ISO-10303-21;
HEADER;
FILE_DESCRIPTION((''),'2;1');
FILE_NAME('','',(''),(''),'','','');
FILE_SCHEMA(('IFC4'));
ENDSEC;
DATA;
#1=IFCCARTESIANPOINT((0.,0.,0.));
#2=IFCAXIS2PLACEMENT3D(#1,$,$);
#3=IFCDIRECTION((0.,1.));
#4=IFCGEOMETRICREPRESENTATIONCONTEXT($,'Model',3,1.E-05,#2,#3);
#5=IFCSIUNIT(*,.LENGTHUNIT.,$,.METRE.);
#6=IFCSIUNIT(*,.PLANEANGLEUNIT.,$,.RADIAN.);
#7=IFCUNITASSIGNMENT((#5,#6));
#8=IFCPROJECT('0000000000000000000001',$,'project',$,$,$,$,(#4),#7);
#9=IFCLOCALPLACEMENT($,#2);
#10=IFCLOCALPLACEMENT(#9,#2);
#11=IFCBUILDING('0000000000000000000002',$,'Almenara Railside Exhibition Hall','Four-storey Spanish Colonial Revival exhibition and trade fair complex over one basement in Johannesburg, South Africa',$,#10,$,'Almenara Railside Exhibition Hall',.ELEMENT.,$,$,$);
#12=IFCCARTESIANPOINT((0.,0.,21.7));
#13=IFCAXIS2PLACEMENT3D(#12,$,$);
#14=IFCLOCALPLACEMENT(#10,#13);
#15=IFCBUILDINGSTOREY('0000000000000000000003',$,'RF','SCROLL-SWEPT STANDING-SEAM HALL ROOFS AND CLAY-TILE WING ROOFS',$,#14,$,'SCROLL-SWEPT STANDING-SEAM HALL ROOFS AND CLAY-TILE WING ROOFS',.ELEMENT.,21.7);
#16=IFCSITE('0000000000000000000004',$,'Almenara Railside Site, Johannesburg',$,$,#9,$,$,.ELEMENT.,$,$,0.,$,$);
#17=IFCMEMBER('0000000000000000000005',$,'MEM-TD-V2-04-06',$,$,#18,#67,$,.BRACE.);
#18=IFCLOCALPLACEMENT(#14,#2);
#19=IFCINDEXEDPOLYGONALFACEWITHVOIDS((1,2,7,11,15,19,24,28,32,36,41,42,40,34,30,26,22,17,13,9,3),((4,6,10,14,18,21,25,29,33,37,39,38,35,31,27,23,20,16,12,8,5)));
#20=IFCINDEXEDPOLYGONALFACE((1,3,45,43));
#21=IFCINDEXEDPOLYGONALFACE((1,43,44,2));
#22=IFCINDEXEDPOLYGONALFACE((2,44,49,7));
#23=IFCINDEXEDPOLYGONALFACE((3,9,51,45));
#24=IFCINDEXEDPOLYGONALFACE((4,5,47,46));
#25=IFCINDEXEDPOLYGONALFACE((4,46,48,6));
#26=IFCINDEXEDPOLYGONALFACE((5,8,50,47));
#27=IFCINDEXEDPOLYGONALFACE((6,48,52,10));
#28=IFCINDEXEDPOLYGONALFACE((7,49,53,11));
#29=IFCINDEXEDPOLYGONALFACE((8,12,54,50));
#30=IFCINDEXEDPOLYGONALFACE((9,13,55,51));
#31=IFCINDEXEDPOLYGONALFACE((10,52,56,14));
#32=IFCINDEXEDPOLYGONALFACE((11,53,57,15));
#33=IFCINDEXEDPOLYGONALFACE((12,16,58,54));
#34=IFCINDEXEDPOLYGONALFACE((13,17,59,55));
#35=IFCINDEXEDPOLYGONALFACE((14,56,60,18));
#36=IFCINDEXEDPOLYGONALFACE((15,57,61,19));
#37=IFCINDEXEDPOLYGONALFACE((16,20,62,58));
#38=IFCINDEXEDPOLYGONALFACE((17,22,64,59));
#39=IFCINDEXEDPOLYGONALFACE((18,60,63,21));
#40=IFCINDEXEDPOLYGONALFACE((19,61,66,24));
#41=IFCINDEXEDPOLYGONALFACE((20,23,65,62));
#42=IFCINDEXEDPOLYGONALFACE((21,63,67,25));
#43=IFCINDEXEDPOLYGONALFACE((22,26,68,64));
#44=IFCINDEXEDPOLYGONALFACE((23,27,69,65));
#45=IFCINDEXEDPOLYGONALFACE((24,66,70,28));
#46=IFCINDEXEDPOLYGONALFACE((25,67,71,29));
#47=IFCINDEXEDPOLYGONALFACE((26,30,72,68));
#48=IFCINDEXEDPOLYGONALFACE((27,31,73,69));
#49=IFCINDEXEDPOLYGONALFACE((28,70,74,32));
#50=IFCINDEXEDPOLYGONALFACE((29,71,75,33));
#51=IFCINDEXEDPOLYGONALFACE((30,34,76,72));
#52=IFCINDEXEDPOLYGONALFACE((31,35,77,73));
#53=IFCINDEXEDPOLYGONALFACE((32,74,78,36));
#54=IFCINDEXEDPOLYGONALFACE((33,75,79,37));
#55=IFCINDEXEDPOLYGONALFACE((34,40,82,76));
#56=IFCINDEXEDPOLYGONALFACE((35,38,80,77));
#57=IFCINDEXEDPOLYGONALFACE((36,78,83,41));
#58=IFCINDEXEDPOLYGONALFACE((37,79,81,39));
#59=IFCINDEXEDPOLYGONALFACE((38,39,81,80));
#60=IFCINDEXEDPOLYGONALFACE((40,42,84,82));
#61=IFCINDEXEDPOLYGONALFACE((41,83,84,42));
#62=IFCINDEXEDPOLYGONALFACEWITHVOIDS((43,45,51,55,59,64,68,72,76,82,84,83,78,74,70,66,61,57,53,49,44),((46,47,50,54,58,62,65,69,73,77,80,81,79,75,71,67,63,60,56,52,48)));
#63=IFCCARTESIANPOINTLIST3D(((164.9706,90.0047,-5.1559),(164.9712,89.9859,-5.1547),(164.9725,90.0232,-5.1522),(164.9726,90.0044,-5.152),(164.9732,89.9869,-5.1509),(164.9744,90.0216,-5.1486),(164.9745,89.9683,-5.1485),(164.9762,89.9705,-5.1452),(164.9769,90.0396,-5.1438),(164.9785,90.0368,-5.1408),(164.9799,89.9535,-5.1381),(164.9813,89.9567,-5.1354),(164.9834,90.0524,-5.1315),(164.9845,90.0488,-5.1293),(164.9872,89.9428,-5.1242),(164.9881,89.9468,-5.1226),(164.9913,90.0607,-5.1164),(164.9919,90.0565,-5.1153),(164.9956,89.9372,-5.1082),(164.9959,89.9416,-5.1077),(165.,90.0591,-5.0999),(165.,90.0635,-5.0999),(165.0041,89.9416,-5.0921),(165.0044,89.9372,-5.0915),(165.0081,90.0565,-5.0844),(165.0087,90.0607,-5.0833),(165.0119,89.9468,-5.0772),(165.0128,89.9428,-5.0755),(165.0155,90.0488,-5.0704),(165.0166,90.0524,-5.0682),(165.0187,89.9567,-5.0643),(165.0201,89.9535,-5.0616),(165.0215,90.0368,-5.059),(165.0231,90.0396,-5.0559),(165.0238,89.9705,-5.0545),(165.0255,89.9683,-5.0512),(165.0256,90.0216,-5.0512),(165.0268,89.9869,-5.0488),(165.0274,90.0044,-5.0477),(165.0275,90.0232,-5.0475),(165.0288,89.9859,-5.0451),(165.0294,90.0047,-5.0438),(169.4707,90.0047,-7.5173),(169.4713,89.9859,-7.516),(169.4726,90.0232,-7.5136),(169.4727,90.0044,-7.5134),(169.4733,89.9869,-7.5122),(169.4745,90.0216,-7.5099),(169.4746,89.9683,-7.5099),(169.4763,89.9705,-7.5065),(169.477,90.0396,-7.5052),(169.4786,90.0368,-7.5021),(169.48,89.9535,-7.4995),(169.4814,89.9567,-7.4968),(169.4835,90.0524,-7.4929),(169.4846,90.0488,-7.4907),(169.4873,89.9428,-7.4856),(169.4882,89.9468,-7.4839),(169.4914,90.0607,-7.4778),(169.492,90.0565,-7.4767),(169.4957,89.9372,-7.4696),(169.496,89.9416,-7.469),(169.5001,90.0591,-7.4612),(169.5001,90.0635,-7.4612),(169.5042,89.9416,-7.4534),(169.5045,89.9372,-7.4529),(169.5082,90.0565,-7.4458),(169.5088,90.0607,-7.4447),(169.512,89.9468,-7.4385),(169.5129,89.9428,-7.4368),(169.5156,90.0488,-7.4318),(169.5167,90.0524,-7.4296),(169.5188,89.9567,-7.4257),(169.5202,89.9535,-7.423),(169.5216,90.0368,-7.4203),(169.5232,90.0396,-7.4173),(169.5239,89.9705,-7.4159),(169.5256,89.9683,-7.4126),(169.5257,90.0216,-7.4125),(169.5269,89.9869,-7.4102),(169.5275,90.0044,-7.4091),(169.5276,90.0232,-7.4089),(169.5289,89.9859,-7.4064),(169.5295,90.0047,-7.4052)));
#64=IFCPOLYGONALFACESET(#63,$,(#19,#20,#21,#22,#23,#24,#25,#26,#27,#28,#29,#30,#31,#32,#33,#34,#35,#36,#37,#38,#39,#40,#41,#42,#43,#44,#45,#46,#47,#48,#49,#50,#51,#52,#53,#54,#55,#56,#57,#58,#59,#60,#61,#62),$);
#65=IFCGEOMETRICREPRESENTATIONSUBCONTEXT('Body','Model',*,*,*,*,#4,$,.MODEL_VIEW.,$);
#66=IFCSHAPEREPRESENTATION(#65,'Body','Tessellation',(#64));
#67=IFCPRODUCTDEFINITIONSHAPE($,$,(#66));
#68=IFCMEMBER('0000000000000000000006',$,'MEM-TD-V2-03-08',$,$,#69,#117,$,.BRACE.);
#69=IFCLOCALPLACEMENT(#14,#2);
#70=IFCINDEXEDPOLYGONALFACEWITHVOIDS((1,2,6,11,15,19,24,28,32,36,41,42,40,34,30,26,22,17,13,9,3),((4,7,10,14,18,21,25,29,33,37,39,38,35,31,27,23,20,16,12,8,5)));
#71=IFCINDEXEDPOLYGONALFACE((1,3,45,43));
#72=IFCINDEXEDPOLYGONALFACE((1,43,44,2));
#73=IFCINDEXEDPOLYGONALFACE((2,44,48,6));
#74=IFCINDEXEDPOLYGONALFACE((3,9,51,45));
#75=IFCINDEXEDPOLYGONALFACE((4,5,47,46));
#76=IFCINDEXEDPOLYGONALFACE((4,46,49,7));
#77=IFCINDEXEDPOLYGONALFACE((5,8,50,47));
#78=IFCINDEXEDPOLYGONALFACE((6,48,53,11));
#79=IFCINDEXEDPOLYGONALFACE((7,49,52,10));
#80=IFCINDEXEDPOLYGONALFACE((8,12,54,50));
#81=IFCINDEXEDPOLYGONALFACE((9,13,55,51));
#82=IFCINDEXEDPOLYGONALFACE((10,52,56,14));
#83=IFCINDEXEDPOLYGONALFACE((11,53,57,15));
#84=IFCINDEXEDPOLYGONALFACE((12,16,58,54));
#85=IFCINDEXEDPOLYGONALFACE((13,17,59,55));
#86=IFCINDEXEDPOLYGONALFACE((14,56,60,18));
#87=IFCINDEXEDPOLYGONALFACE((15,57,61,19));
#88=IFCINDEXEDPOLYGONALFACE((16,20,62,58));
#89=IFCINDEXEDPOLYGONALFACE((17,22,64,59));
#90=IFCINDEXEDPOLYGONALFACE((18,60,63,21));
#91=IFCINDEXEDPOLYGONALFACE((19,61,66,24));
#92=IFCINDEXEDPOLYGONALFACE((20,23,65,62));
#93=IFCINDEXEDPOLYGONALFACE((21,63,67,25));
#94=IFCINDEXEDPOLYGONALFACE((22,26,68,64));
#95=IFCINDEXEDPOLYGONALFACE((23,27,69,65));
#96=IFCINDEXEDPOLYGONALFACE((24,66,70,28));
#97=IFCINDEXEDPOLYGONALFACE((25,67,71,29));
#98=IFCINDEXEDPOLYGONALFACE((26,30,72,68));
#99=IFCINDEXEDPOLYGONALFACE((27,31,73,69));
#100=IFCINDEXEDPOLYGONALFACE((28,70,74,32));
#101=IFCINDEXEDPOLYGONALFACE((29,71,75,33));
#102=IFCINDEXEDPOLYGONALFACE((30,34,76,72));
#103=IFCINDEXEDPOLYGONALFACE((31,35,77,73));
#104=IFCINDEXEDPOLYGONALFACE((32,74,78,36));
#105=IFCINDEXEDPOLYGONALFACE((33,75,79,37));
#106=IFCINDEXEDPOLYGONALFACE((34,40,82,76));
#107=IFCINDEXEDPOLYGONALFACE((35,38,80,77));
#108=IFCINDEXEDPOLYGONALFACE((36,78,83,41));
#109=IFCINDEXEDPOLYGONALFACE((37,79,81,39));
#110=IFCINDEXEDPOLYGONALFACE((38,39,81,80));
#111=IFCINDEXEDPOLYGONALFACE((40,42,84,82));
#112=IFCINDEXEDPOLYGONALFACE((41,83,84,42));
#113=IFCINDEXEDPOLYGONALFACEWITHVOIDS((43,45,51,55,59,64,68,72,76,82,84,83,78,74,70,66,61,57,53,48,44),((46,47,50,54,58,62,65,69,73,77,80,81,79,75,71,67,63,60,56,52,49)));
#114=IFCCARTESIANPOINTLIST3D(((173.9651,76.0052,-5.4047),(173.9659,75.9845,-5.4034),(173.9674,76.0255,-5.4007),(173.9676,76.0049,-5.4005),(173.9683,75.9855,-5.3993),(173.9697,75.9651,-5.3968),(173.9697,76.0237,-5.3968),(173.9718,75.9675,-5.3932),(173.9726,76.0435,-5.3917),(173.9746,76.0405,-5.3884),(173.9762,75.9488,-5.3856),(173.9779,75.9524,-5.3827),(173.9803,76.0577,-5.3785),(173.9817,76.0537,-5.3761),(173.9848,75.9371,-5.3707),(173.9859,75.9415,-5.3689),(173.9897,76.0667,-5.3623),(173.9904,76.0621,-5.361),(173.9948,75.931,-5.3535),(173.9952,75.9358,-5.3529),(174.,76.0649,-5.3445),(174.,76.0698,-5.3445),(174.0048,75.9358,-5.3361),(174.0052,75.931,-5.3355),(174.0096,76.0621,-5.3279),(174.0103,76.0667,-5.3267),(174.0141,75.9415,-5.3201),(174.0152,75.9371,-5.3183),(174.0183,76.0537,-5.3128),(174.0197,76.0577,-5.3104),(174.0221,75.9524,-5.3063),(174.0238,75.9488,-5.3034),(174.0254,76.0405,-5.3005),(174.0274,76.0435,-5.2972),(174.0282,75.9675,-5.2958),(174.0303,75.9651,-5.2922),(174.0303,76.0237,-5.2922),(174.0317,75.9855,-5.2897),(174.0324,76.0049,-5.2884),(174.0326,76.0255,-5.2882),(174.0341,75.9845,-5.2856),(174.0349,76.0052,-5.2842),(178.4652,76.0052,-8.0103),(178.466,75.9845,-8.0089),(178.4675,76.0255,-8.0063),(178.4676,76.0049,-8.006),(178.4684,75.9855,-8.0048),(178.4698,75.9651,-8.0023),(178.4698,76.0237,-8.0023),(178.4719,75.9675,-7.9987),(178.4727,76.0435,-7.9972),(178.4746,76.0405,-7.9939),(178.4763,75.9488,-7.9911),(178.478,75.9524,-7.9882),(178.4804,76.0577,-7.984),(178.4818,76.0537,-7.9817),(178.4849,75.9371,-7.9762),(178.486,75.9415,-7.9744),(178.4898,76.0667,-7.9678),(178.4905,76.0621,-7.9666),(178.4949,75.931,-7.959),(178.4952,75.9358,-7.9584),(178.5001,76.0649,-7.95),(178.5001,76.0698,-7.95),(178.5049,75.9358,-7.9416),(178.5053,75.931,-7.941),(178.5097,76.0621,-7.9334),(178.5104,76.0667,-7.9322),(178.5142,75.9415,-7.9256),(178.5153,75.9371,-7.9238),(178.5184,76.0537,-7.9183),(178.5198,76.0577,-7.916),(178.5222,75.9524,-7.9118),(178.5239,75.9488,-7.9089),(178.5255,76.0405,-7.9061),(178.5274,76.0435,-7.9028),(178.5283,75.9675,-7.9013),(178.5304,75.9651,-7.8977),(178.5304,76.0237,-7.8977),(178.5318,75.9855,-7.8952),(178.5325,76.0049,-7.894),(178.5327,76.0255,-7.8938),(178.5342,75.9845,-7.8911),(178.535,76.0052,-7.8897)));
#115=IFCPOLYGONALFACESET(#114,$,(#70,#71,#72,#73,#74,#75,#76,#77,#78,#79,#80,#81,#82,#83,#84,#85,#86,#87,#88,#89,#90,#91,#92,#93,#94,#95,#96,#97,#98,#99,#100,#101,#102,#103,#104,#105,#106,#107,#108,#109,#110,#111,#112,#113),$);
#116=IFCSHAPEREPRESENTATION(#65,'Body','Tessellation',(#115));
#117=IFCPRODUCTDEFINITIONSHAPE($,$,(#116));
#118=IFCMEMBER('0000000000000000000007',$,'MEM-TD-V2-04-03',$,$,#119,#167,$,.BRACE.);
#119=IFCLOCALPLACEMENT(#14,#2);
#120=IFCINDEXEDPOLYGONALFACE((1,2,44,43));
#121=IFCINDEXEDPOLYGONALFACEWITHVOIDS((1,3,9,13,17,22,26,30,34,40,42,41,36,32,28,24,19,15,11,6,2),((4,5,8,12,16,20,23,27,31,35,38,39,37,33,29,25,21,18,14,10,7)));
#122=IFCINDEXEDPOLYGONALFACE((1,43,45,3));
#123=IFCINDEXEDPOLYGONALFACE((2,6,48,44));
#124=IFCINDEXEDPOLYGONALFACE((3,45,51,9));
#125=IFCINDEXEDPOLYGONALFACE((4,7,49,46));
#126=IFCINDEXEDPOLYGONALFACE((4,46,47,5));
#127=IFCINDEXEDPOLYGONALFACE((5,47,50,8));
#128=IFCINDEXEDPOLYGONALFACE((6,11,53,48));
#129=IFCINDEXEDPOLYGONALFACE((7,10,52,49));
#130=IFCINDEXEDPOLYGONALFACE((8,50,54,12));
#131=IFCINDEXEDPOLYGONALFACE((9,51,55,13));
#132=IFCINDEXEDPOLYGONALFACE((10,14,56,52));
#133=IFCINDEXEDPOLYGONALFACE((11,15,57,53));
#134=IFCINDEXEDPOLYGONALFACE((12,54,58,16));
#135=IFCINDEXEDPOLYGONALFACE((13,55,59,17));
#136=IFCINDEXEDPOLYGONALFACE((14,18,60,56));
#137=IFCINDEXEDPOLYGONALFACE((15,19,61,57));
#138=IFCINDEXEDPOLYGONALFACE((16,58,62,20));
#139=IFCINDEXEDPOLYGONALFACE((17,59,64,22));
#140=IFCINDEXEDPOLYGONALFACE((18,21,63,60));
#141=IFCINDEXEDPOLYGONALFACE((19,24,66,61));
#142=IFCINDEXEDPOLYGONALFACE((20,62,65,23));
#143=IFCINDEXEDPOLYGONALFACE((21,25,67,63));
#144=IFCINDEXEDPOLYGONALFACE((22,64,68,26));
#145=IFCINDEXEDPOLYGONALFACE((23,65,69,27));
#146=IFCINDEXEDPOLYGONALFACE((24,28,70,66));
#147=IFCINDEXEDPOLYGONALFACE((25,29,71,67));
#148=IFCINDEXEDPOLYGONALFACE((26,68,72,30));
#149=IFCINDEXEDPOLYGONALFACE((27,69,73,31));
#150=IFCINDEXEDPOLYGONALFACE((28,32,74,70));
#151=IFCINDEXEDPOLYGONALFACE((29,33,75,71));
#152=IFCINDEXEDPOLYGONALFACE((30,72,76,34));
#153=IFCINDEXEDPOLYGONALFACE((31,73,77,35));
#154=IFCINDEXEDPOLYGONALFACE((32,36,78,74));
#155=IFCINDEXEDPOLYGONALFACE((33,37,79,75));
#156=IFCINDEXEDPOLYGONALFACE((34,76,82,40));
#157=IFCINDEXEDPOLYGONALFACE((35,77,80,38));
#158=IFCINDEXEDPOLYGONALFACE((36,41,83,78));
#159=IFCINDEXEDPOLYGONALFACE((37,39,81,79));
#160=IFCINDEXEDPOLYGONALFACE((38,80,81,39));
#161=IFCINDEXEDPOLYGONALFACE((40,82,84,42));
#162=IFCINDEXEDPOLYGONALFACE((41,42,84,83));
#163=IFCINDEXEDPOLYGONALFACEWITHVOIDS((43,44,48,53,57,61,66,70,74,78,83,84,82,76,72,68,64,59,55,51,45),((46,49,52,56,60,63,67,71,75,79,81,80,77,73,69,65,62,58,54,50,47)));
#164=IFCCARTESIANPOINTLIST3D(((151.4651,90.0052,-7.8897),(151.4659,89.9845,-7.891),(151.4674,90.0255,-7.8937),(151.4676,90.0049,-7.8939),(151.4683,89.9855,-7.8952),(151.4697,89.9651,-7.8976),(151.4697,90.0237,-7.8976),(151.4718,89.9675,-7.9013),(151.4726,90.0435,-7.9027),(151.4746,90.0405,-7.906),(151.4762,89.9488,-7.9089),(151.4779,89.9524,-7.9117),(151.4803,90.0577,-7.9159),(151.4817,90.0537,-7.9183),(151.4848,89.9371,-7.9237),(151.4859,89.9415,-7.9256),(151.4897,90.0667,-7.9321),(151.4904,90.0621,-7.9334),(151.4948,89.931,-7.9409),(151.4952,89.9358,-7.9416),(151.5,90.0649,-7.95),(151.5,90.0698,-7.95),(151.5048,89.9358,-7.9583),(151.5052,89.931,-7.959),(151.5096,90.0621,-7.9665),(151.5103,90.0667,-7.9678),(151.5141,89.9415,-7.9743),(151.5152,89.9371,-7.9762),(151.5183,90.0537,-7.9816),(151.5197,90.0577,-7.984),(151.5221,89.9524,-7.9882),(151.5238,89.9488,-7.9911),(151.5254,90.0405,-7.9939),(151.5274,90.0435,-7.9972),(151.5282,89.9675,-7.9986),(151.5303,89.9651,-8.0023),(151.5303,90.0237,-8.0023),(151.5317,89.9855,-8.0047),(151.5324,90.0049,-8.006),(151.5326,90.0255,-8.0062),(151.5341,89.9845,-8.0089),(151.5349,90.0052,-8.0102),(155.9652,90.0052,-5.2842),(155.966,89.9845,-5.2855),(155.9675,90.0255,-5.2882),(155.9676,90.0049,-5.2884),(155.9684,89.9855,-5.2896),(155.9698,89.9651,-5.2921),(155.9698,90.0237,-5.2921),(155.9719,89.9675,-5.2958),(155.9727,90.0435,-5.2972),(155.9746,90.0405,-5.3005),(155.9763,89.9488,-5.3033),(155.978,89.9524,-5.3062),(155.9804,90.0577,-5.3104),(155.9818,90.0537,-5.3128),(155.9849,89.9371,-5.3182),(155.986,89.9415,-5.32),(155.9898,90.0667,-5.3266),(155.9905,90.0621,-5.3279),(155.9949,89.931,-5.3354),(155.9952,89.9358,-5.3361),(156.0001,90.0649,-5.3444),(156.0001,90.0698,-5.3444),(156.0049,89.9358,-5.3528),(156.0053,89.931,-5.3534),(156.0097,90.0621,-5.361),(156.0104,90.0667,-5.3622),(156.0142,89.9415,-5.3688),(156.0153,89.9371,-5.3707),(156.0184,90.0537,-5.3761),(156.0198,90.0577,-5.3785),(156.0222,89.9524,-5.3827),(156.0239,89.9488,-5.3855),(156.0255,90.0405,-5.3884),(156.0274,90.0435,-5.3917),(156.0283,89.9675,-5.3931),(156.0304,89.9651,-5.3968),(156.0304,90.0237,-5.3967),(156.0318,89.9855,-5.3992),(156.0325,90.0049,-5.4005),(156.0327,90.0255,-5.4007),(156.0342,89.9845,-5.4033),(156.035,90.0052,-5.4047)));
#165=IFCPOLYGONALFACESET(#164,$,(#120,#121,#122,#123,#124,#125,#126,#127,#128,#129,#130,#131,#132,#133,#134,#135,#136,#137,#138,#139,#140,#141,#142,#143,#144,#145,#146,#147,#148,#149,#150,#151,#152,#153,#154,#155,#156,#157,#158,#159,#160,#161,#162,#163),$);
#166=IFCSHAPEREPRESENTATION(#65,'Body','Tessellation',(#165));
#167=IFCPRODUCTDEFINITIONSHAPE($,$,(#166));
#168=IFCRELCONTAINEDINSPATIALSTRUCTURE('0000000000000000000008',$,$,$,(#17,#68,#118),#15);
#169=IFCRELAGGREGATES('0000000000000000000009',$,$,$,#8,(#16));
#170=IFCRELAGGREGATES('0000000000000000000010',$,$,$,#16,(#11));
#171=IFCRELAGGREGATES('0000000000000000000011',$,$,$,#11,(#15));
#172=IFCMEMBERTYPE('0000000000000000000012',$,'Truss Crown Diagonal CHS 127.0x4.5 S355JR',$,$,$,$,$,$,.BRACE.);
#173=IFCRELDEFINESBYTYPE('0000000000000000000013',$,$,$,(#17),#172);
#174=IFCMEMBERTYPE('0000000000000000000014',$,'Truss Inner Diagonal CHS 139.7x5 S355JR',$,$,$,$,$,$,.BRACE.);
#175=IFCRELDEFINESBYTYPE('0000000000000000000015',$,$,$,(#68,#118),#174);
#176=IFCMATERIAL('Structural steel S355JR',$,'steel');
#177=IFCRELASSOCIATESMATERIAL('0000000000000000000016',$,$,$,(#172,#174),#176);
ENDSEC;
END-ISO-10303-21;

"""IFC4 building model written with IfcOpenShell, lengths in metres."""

from ifc_helpers import new_model, si_unit, direction, frame, origin, origin_2d, place, context, subcontext, project, spatial, hollow_circle, extrude, material, material_profile, profile_set, type_object, element, save


model = new_model("IFC4")

# Units and contexts
model_context = context("Model", 3, precision=1e-05, world=origin(), true_north=direction((0.0, 1.0)))
body_context = subcontext(model_context, "Body", "Model", "MODEL_VIEW")
ifc_project = project(units=[si_unit("LENGTHUNIT", "METRE"), si_unit("PLANEANGLEUNIT", "RADIAN")], contexts=[model_context])

# Site, building, storey
site_placement = place(None, origin())
site = spatial("IfcSite", under=ifc_project, at=site_placement, Name="Almenara Railside Site, Johannesburg", CompositionType="ELEMENT", RefElevation=0.0)
building_placement = place(site_placement, origin())
building = spatial("IfcBuilding", under=site, at=building_placement, Name="Almenara Railside Exhibition Hall", Description="Four-storey Spanish Colonial Revival exhibition and trade fair complex over one basement in Johannesburg, South Africa", LongName="Almenara Railside Exhibition Hall", CompositionType="ELEMENT")
storey_placement = place(building_placement, frame((0.0, 0.0, 21.7)))
storey = spatial("IfcBuildingStorey", under=building, at=storey_placement, Name="RF", Description="SCROLL-SWEPT STANDING-SEAM HALL ROOFS AND CLAY-TILE WING ROOFS", LongName="SCROLL-SWEPT STANDING-SEAM HALL ROOFS AND CLAY-TILE WING ROOFS", CompositionType="ELEMENT", Elevation=21.7)

# Members
ifc_material_1 = material(Name="Structural steel S355JR", Category="steel")
ifc_material_profile_1 = material_profile(ifc_material_1, hollow_circle(Radius=0.0635, WallThickness=0.0044, at=origin_2d()), Name="CHS 127.0x4.5")
ifc_profile_set_1 = profile_set([ifc_material_profile_1], Name="Structural steel S355JR")
member_type_1 = type_object("IfcMemberType", Name="Truss Crown Diagonal CHS 127.0x4.5 S355JR", PredefinedType="BRACE", material=ifc_profile_set_1)
for number, where, z_axis, x_axis, name in (
    (1, (165.0, 90.0, -5.0999), (0.885493, 0.0, -0.464653), (0.0, 1.0, 0.0), "MEM-TD-V2-04-06"),
):
    element("IfcMember", number, at=place(storey_placement, frame(where, z_axis=z_axis, x_axis=x_axis)), inside=storey, type_object=member_type_1, Name=name, PredefinedType="BRACE", context=body_context, shape_type="SweptSolid", body=[
        extrude(hollow_circle(Radius=0.0635, WallThickness=0.0044, at=origin_2d()), origin(), (0.0, 0.0, 1.0), 5.082),
    ])
ifc_material_profile_2 = material_profile(ifc_material_1, hollow_circle(Radius=0.0698, WallThickness=0.0049, at=origin_2d()), Name="CHS 139.7x5")
ifc_profile_set_2 = profile_set([ifc_material_profile_2], Name="Structural steel S355JR")
member_type_2 = type_object("IfcMemberType", Name="Truss Inner Diagonal CHS 139.7x5 S355JR", PredefinedType="BRACE", material=ifc_profile_set_2)
for number, where, z_axis, x_axis, name in (
    (2, (174.0, 76.0, -5.3445), (0.865409, 0.0, -0.501066), (0.0, 1.0, 0.0), "MEM-TD-V2-03-08"),
    (3, (151.5, 90.0, -7.95), (0.865409, 0.0, 0.501066), (0.0, 1.0, 0.0), "MEM-TD-V2-04-03"),
):
    element("IfcMember", number, at=place(storey_placement, frame(where, z_axis=z_axis, x_axis=x_axis)), inside=storey, type_object=member_type_2, Name=name, PredefinedType="BRACE", context=body_context, shape_type="SweptSolid", body=[
        extrude(hollow_circle(Radius=0.0698, WallThickness=0.0049, at=origin_2d()), origin(), (0.0, 0.0, 1.0), 5.2),
    ])

save(model, "model.ifc")
